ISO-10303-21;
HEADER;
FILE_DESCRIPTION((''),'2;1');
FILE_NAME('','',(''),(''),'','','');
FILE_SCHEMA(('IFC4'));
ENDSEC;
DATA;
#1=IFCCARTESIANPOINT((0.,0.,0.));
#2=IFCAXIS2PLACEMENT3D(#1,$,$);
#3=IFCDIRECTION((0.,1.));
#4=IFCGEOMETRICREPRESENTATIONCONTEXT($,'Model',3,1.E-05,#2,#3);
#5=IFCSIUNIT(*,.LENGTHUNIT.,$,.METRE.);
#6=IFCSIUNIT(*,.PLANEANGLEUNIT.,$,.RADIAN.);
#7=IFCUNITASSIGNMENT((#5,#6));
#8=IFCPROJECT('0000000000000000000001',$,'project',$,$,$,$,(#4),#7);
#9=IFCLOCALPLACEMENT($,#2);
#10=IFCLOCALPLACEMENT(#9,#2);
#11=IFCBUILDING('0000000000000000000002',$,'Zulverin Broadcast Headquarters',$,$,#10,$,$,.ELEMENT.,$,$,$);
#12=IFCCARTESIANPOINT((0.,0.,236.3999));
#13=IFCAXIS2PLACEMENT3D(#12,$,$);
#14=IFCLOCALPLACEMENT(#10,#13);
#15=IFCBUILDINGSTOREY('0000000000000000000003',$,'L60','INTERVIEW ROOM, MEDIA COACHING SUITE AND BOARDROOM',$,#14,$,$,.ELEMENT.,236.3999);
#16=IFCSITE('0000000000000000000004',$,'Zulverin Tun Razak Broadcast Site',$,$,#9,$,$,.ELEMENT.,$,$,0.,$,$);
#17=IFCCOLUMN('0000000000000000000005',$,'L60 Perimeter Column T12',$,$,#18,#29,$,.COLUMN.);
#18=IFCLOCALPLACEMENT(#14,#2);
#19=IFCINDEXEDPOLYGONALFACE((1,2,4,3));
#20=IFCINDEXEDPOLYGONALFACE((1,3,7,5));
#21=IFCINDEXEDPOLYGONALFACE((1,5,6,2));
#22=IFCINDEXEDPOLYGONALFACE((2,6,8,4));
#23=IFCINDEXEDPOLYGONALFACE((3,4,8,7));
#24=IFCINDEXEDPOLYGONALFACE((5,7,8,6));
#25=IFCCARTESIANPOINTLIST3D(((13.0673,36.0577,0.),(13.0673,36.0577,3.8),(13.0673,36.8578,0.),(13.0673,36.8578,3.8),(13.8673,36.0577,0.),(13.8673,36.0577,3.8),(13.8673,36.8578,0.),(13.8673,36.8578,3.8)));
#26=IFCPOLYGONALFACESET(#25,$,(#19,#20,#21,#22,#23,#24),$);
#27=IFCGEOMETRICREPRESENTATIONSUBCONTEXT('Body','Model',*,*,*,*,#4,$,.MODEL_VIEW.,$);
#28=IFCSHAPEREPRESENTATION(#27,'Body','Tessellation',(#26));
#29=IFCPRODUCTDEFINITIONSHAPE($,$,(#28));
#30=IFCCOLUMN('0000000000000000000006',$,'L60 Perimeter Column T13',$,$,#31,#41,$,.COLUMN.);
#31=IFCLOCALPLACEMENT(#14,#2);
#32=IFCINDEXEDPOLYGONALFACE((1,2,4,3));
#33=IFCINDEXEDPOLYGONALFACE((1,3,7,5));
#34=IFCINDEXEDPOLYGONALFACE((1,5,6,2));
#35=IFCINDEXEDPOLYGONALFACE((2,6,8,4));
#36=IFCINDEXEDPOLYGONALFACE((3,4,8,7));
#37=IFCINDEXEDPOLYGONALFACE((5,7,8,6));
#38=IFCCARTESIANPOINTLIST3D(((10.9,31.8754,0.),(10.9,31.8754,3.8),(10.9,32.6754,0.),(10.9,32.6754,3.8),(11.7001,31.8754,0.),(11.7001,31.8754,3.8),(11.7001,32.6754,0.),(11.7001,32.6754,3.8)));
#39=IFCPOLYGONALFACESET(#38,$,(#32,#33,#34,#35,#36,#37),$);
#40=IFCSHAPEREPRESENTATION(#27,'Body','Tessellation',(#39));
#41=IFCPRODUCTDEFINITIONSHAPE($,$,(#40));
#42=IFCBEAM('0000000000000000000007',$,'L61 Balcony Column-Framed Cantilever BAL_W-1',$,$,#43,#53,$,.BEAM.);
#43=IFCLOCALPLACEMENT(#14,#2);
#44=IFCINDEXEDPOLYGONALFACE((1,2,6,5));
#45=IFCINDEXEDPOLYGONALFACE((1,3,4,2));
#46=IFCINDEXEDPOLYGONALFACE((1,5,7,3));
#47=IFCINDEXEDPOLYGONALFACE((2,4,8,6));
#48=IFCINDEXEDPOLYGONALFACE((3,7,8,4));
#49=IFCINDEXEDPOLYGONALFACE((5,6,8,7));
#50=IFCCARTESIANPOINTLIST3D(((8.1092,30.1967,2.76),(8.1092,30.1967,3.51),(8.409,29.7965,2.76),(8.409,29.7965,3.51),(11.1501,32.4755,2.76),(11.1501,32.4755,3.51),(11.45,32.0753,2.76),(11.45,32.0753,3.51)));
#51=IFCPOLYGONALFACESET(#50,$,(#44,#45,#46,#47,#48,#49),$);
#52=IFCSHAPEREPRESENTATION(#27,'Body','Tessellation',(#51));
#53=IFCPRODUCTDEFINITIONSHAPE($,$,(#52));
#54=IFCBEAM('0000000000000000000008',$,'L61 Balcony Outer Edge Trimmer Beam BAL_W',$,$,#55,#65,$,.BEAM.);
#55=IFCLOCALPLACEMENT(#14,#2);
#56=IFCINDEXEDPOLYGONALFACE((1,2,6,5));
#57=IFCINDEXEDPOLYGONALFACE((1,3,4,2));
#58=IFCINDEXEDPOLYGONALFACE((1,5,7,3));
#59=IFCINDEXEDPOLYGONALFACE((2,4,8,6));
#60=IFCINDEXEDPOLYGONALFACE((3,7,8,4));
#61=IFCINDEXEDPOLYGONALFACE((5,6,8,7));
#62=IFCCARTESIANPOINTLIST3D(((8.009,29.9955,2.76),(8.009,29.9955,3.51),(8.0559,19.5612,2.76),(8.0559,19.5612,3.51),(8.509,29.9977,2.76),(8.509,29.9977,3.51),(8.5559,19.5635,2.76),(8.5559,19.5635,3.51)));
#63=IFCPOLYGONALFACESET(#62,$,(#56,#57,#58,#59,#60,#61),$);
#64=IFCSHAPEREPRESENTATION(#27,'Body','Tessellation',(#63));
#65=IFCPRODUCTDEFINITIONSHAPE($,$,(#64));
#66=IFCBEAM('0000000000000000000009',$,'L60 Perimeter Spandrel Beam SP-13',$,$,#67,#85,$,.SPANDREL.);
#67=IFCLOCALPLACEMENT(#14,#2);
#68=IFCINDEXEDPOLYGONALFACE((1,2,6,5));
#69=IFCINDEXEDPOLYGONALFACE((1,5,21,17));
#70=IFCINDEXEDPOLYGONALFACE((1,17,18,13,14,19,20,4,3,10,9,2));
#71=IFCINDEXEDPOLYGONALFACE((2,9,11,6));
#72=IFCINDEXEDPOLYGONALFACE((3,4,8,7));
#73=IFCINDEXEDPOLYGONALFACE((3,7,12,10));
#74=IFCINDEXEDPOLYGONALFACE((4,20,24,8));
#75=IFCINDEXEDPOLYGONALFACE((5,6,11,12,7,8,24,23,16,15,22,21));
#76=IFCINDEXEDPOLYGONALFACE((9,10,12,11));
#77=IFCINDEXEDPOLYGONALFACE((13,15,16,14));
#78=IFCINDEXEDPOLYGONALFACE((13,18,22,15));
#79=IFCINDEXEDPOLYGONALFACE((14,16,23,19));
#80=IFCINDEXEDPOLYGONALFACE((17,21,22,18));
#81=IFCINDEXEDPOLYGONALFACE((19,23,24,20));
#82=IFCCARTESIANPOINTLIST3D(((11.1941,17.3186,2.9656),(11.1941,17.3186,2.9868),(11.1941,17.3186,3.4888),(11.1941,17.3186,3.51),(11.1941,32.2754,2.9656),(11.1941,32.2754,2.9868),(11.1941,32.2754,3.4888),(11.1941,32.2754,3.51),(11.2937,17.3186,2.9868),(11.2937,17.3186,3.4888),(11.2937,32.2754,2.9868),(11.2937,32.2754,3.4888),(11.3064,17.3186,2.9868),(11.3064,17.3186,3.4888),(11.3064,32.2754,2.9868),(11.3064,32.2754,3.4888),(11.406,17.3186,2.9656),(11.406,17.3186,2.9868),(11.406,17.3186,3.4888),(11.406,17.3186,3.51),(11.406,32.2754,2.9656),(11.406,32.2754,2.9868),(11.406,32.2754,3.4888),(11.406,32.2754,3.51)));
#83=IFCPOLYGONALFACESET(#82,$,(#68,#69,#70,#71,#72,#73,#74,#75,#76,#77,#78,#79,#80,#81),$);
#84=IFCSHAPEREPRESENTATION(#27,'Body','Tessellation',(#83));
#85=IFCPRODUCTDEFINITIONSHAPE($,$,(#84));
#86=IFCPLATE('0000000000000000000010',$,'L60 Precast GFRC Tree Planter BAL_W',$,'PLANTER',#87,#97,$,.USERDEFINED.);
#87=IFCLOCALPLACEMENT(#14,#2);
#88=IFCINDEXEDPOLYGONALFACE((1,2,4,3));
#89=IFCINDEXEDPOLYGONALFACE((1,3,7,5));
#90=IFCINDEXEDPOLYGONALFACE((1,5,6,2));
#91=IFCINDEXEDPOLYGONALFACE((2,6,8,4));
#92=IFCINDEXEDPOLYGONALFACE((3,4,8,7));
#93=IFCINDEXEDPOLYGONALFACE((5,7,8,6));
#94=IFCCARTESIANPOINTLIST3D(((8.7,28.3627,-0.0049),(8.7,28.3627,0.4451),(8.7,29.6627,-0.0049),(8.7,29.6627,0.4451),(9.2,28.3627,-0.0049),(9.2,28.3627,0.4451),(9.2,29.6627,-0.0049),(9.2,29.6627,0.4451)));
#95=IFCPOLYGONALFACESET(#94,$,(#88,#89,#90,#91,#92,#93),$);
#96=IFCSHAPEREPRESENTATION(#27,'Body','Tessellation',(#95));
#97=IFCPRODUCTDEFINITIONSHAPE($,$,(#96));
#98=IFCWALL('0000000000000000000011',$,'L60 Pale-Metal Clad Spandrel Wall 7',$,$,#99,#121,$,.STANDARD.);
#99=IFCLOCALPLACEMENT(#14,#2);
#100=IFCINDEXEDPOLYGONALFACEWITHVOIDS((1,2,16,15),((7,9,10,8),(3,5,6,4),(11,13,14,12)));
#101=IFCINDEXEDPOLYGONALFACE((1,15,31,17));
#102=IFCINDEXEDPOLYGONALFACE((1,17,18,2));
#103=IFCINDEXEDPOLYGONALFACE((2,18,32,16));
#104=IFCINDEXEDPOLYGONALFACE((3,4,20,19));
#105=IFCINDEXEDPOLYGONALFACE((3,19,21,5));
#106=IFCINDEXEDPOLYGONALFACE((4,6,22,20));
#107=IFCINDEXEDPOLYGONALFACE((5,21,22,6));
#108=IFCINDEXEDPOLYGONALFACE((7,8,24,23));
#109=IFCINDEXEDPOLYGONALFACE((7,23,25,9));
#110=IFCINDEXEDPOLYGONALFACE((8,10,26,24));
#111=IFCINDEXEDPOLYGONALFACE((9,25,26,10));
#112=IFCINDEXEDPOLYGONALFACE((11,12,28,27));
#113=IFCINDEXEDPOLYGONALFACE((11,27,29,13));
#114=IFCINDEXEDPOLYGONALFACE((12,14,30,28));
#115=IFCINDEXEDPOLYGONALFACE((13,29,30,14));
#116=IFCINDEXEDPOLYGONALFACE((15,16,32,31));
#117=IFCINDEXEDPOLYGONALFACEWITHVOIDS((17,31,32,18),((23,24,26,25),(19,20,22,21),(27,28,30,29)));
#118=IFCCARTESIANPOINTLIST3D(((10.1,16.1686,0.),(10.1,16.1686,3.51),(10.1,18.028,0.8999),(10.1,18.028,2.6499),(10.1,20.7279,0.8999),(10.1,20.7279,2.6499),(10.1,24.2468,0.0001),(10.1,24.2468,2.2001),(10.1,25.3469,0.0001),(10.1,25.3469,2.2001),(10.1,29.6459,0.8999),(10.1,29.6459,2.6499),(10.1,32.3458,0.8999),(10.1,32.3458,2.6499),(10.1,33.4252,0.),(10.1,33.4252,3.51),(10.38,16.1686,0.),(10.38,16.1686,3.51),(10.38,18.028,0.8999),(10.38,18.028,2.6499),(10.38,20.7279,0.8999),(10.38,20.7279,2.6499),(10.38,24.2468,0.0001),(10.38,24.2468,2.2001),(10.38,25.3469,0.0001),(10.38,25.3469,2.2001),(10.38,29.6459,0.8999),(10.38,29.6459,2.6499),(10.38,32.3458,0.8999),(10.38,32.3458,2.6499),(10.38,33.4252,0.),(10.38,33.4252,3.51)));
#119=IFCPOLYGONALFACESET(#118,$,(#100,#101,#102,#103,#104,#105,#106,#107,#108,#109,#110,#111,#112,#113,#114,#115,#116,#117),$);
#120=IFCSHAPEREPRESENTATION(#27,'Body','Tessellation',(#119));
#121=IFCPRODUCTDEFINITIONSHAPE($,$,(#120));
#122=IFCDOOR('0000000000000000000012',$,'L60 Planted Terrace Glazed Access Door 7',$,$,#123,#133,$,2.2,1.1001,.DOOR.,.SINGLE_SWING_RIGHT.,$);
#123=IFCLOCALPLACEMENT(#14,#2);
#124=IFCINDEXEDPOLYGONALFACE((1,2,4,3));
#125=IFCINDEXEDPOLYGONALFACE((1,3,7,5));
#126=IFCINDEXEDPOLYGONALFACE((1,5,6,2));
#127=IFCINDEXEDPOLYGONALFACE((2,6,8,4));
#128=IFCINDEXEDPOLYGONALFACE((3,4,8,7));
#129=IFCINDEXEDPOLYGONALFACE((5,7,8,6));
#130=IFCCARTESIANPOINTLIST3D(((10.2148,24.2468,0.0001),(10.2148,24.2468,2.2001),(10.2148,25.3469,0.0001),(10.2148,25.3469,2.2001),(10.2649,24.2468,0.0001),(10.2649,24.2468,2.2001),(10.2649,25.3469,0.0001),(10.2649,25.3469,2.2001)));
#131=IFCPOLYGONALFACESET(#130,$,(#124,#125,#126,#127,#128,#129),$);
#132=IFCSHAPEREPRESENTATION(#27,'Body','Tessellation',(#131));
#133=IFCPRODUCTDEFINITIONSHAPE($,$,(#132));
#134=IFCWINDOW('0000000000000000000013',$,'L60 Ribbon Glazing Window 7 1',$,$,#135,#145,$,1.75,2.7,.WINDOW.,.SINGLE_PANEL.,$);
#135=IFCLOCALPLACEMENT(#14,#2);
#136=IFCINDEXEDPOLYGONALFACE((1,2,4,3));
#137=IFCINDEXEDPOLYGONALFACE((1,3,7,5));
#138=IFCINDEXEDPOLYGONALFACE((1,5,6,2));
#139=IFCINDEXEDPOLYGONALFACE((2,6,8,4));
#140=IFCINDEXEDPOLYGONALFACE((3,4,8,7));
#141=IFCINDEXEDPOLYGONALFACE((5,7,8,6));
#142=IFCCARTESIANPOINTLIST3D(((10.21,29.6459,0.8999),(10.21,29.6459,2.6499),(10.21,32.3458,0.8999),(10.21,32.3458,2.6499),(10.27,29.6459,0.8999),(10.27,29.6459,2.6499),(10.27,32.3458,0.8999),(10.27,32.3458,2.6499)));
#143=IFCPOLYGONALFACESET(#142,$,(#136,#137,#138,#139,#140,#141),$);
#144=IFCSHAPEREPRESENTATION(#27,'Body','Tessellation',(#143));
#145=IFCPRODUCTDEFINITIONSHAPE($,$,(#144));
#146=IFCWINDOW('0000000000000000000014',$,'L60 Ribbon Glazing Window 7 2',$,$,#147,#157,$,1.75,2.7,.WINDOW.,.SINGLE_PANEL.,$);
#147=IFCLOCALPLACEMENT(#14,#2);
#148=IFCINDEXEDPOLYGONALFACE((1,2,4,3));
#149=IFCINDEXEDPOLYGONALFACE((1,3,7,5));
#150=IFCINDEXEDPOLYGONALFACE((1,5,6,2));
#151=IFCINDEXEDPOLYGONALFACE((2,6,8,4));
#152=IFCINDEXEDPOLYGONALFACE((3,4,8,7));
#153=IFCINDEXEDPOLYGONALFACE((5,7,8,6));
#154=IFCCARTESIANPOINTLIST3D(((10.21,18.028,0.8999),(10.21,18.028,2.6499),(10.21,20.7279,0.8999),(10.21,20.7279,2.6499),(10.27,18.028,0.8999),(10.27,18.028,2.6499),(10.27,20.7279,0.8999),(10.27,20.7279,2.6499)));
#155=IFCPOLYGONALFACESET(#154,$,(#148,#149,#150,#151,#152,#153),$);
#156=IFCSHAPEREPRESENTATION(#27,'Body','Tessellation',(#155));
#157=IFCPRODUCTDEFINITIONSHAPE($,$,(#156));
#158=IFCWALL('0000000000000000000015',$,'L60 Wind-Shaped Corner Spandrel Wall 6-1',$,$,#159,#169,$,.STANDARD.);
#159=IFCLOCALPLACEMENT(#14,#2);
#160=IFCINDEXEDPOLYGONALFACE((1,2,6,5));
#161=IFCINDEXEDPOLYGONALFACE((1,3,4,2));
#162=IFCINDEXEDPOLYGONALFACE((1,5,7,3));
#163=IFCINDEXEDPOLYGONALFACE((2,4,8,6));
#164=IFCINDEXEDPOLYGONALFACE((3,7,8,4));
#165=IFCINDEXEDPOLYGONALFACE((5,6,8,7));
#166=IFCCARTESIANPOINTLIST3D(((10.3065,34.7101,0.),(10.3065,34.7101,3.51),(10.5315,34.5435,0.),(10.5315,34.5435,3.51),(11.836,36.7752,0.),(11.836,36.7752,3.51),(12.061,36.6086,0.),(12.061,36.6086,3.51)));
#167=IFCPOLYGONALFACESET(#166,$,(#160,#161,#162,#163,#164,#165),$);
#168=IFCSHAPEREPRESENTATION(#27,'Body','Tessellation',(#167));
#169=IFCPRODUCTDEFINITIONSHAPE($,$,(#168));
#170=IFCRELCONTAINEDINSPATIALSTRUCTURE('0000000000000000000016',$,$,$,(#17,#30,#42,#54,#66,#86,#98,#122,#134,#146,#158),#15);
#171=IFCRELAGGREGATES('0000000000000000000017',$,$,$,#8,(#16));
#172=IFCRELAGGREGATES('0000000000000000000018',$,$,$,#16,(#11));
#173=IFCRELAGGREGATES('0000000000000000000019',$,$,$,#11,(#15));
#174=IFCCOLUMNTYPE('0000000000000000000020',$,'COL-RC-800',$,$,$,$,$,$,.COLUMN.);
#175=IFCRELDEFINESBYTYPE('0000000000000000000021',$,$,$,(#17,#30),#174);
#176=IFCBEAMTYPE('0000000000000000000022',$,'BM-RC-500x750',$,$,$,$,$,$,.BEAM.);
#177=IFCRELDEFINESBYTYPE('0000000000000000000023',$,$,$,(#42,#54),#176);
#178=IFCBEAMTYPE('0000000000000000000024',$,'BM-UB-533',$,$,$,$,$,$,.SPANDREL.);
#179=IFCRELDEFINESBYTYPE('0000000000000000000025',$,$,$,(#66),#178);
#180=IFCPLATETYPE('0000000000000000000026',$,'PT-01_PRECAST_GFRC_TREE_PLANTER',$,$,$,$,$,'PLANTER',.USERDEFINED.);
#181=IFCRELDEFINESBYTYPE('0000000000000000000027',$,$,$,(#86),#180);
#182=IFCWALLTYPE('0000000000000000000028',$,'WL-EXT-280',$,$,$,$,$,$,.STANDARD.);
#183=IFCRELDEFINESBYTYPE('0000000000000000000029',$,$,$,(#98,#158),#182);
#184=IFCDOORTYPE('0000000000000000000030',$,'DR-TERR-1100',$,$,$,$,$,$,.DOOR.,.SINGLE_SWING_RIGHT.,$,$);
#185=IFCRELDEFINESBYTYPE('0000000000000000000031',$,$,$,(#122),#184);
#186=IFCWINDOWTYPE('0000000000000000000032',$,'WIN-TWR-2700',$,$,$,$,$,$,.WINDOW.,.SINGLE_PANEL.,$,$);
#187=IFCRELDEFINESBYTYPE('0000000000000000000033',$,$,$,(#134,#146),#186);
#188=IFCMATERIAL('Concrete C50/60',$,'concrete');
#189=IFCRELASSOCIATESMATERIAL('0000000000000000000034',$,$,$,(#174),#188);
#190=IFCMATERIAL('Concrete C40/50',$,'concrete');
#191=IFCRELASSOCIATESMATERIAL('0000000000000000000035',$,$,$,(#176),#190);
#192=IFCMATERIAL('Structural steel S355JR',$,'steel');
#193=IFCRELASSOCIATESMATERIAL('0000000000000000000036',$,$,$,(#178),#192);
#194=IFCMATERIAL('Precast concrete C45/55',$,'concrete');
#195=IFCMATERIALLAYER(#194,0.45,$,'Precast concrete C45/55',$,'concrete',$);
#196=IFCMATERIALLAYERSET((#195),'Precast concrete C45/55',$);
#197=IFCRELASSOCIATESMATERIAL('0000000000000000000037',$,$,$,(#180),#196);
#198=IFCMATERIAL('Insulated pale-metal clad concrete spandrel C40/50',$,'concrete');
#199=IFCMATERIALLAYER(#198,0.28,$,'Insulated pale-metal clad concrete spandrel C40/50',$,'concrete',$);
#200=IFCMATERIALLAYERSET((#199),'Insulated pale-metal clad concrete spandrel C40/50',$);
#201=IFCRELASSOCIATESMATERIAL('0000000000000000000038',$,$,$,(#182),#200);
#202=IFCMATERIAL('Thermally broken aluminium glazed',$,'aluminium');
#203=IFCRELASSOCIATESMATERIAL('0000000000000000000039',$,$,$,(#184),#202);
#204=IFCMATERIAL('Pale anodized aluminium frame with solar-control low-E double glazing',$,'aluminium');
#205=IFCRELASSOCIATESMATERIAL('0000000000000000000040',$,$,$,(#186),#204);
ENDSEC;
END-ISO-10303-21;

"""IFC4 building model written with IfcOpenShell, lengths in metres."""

from ifc_helpers import new_model, si_unit, direction, frame, frame_2d, origin, origin_2d, place, context, subcontext, project, spatial, rectangle, i_section, extrude, material, layer, layer_set, material_profile, profile_set, type_object, element, fill, save


model = new_model("IFC4")

# Units and contexts
model_context = context("Model", 3, precision=1e-05, world=origin(), true_north=direction((0.0, 1.0)))
body_context = subcontext(model_context, "Body", "Model", "MODEL_VIEW")
ifc_project = project(units=[si_unit("LENGTHUNIT", "METRE"), si_unit("PLANEANGLEUNIT", "RADIAN")], contexts=[model_context])

# Site, building, storey
site_placement = place(None, origin())
site = spatial("IfcSite", under=ifc_project, at=site_placement, Name="Zulverin Tun Razak Broadcast Site", CompositionType="ELEMENT", RefElevation=0.0)
building_placement = place(site_placement, origin())
building = spatial("IfcBuilding", under=site, at=building_placement, Name="Zulverin Broadcast Headquarters", CompositionType="ELEMENT")
storey_placement = place(building_placement, frame((0.0, 0.0, 236.3999)))
storey = spatial("IfcBuildingStorey", under=building, at=storey_placement, Name="L60", Description="INTERVIEW ROOM, MEDIA COACHING SUITE AND BOARDROOM", CompositionType="ELEMENT", Elevation=236.3999)

# Columns
ifc_material_1 = material(Name="Concrete C50/60", Category="concrete")
ifc_material_profile_1 = material_profile(ifc_material_1, rectangle(XDim=0.8, YDim=0.8, at=origin_2d()), Name="Concrete C50/60", Category="concrete")
ifc_profile_set_1 = profile_set([ifc_material_profile_1], Name="Concrete C50/60")
column_type = type_object("IfcColumnType", Name="COL-RC-800", PredefinedType="COLUMN", material=ifc_profile_set_1)
for number, where, z_axis, x_axis, name in (
    (1, (13.4673, 36.4578, 0.0), (0.0, 0.0, 1.0), (1.0, 0.0, 0.0), "L60 Perimeter Column T12"),
    (2, (11.3, 32.2754, 0.0), (0.0, 0.0, 1.0), (1.0, 0.0, 0.0), "L60 Perimeter Column T13"),
):
    element("IfcColumn", number, at=place(storey_placement, frame(where, z_axis=z_axis, x_axis=x_axis)), inside=storey, type_object=column_type, Name=name, PredefinedType="COLUMN", context=body_context, shape_type="SweptSolid", body=[
        extrude(rectangle(XDim=0.8, YDim=0.8, at=origin_2d()), origin(), (0.0, 0.0, 1.0), 3.8),
    ])

# Beams
ifc_material_2 = material(Name="Concrete C40/50", Category="concrete")
ifc_material_profile_2 = material_profile(ifc_material_2, rectangle(XDim=0.5, YDim=0.75, at=origin_2d()), Name="Concrete C40/50", Category="concrete")
ifc_profile_set_2 = profile_set([ifc_material_profile_2], Name="Concrete C40/50")
beam_type_1 = type_object("IfcBeamType", Name="BM-RC-500x750", PredefinedType="BEAM", material=ifc_profile_set_2)
beam_1_placement = place(storey_placement, frame((11.3, 32.2754, 3.135), z_axis=(-0.800247, -0.599671, 0.0), x_axis=(0.599671, -0.800247, 0.0)))
element("IfcBeam", 3, at=beam_1_placement, inside=storey, type_object=beam_type_1, Name="L61 Balcony Column-Framed Cantilever BAL_W-1", PredefinedType="BEAM", context=body_context, shape_type="SweptSolid", body=[
    extrude(rectangle(XDim=0.5, YDim=0.75, at=origin_2d()), origin(), (0.0, 0.0, 1.0), 3.8),
])
beam_2_placement = place(storey_placement, frame((8.259, 29.9966, 3.135), z_axis=(0.004492, -0.99999, 0.0), x_axis=(0.99999, 0.004492, 0.0)))
element("IfcBeam", 4, at=beam_2_placement, inside=storey, type_object=beam_type_1, Name="L61 Balcony Outer Edge Trimmer Beam BAL_W", PredefinedType="BEAM", context=body_context, shape_type="SweptSolid", body=[
    extrude(rectangle(XDim=0.5, YDim=0.75, at=origin_2d()), origin(), (0.0, 0.0, 1.0), 10.4343),
])
ifc_material_3 = material(Name="Structural steel S355JR", Category="steel")
ifc_material_profile_3 = material_profile(ifc_material_3, i_section(OverallWidth=0.2119, OverallDepth=0.5444, WebThickness=0.0127, FlangeThickness=0.0212, at=origin_2d()), Name="Structural steel S355JR", Category="steel")
ifc_profile_set_3 = profile_set([ifc_material_profile_3], Name="Structural steel S355JR")
beam_type_2 = type_object("IfcBeamType", Name="BM-UB-533", PredefinedType="SPANDREL", material=ifc_profile_set_3)
beam_3_placement = place(storey_placement, frame((11.3, 32.2754, 3.2378), z_axis=(0.0, -1.0, 0.0), x_axis=(1.0, 0.0, 0.0)))
element("IfcBeam", 5, at=beam_3_placement, inside=storey, type_object=beam_type_2, Name="L60 Perimeter Spandrel Beam SP-13", PredefinedType="SPANDREL", context=body_context, shape_type="SweptSolid", body=[
    extrude(i_section(OverallWidth=0.2119, OverallDepth=0.5444, WebThickness=0.0127, FlangeThickness=0.0212, at=origin_2d()), origin(), (0.0, 0.0, 1.0), 14.9568),
])

# Plate
ifc_material_4 = material(Name="Precast concrete C45/55", Category="concrete")
ifc_layer_1 = layer(ifc_material_4, 0.45, Name="Precast concrete C45/55", Category="concrete")
ifc_layer_set_1 = layer_set([ifc_layer_1], Name="Precast concrete C45/55")
plate_type = type_object("IfcPlateType", Name="PT-01_PRECAST_GFRC_TREE_PLANTER", ElementType="PLANTER", PredefinedType="USERDEFINED", material=ifc_layer_set_1)
plate_placement = place(storey_placement, frame((8.95, 29.0127, -0.0049), z_axis=(0.0, 0.0, 1.0), x_axis=(0.0, 1.0, 0.0)))
element("IfcPlate", 6, at=plate_placement, inside=storey, type_object=plate_type, Name="L60 Precast GFRC Tree Planter BAL_W", ObjectType="PLANTER", PredefinedType="USERDEFINED", context=body_context, shape_type="SweptSolid", body=[
    extrude(rectangle(XDim=1.3, YDim=0.5, at=origin_2d()), origin(), (0.0, 0.0, 1.0), 0.45),
])

# Wall, openings, door, windows
ifc_material_5 = material(Name="Insulated pale-metal clad concrete spandrel C40/50", Category="concrete")
ifc_layer_2 = layer(ifc_material_5, 0.28, Name="Insulated pale-metal clad concrete spandrel C40/50", Category="concrete")
ifc_layer_set_2 = layer_set([ifc_layer_2], Name="Insulated pale-metal clad concrete spandrel C40/50")
wall_type_1 = type_object("IfcWallType", Name="WL-EXT-280", PredefinedType="STANDARD", material=ifc_layer_set_2)
wall_1_placement = place(storey_placement, frame((10.24, 33.4253, 0.0), z_axis=(0.0, 0.0, 1.0), x_axis=(0.0, -1.0, 0.0)))
wall_1 = element("IfcWall", 7, at=wall_1_placement, inside=storey, type_object=wall_type_1, Name="L60 Pale-Metal Clad Spandrel Wall 7", PredefinedType="STANDARD", context=body_context, shape_type="SweptSolid", body=[
    extrude(rectangle(XDim=17.2566, YDim=0.28, at=frame_2d((8.6284, 0.0))), origin(), (0.0, 0.0, 1.0), 3.51),
])
opening_1_placement = place(wall_1_placement, frame((8.0784, 0.0, 0.0)))
opening_1 = element("IfcOpeningElement", 8, at=opening_1_placement, cuts=wall_1, PredefinedType="OPENING", context=body_context, shape_type="SweptSolid", body=[
    extrude(rectangle(XDim=1.1001, YDim=2.2, at=frame_2d((0.55, 1.1001))), frame((0.0, 0.1499, 0.0), z_axis=(0.0, -1.0, 0.0), x_axis=(1.0, 0.0, 0.0)), (0.0, 0.0, 1.0), 0.3),
])
opening_2_placement = place(wall_1_placement, frame((1.0793, 0.0, 0.8999)))
opening_2 = element("IfcOpeningElement", 9, at=opening_2_placement, cuts=wall_1, PredefinedType="OPENING", context=body_context, shape_type="SweptSolid", body=[
    extrude(rectangle(XDim=2.7, YDim=1.75, at=frame_2d((1.3501, 0.875))), frame((0.0, 0.1499, 0.0), z_axis=(0.0, -1.0, 0.0), x_axis=(1.0, 0.0, 0.0)), (0.0, 0.0, 1.0), 0.3),
])
opening_3_placement = place(wall_1_placement, frame((12.6973, 0.0, 0.8999)))
opening_3 = element("IfcOpeningElement", 10, at=opening_3_placement, cuts=wall_1, PredefinedType="OPENING", context=body_context, shape_type="SweptSolid", body=[
    extrude(rectangle(XDim=2.7, YDim=1.75, at=frame_2d((1.3501, 0.875))), frame((0.0, 0.1499, 0.0), z_axis=(0.0, -1.0, 0.0), x_axis=(1.0, 0.0, 0.0)), (0.0, 0.0, 1.0), 0.3),
])
ifc_material_6 = material(Name="Thermally broken aluminium glazed", Category="aluminium")
door_type = type_object("IfcDoorType", Name="DR-TERR-1100", OperationType="SINGLE_SWING_RIGHT", PredefinedType="DOOR", material=ifc_material_6)
door_placement = place(opening_1_placement, origin())
door = element("IfcDoor", 11, at=door_placement, inside=storey, type_object=door_type, Name="L60 Planted Terrace Glazed Access Door 7", OperationType="SINGLE_SWING_RIGHT", OverallHeight=2.2, OverallWidth=1.1001, PredefinedType="DOOR", context=body_context, shape_type="SweptSolid", body=[
    extrude(rectangle(XDim=1.1001, YDim=2.2, at=frame_2d((0.55, 1.1001))), frame((0.0, 0.0249, 0.0), z_axis=(0.0, -1.0, 0.0), x_axis=(1.0, 0.0, 0.0)), (0.0, 0.0, 1.0), 0.05),
])
fill(opening_1, door)
ifc_material_7 = material(Name="Pale anodized aluminium frame with solar-control low-E double glazing", Category="aluminium")
window_type = type_object("IfcWindowType", Name="WIN-TWR-2700", PartitioningType="SINGLE_PANEL", PredefinedType="WINDOW", material=ifc_material_7)
window_1_placement = place(opening_2_placement, origin())
window_1 = element("IfcWindow", 12, at=window_1_placement, inside=storey, type_object=window_type, Name="L60 Ribbon Glazing Window 7 1", OverallHeight=1.75, OverallWidth=2.7, PartitioningType="SINGLE_PANEL", PredefinedType="WINDOW", context=body_context, shape_type="SweptSolid", body=[
    extrude(rectangle(XDim=2.7, YDim=1.75, at=frame_2d((1.3501, 0.875))), frame((0.0, 0.03, 0.0), z_axis=(0.0, -1.0, 0.0), x_axis=(1.0, 0.0, 0.0)), (0.0, 0.0, 1.0), 0.0601),
])
fill(opening_2, window_1)
window_2_placement = place(opening_3_placement, origin())
window_2 = element("IfcWindow", 13, at=window_2_placement, inside=storey, type_object=window_type, Name="L60 Ribbon Glazing Window 7 2", OverallHeight=1.75, OverallWidth=2.7, PartitioningType="SINGLE_PANEL", PredefinedType="WINDOW", context=body_context, shape_type="SweptSolid", body=[
    extrude(rectangle(XDim=2.7, YDim=1.75, at=frame_2d((1.3501, 0.875))), frame((0.0, 0.03, 0.0), z_axis=(0.0, -1.0, 0.0), x_axis=(1.0, 0.0, 0.0)), (0.0, 0.0, 1.0), 0.0601),
])
fill(opening_3, window_2)

# Wall
wall_2_placement = place(storey_placement, frame((11.9485, 36.6919, 0.0), z_axis=(0.0, 0.0, 1.0), x_axis=(-0.595171, -0.803599, 0.0)))
element("IfcWall", 14, at=wall_2_placement, inside=storey, type_object=wall_type_1, Name="L60 Wind-Shaped Corner Spandrel Wall 6-1", PredefinedType="STANDARD", context=body_context, shape_type="SweptSolid", body=[
    extrude(rectangle(XDim=2.5698, YDim=0.28, at=frame_2d((1.2849, 0.0))), origin(), (0.0, 0.0, 1.0), 3.51),
])

save(model, "model.ifc")
